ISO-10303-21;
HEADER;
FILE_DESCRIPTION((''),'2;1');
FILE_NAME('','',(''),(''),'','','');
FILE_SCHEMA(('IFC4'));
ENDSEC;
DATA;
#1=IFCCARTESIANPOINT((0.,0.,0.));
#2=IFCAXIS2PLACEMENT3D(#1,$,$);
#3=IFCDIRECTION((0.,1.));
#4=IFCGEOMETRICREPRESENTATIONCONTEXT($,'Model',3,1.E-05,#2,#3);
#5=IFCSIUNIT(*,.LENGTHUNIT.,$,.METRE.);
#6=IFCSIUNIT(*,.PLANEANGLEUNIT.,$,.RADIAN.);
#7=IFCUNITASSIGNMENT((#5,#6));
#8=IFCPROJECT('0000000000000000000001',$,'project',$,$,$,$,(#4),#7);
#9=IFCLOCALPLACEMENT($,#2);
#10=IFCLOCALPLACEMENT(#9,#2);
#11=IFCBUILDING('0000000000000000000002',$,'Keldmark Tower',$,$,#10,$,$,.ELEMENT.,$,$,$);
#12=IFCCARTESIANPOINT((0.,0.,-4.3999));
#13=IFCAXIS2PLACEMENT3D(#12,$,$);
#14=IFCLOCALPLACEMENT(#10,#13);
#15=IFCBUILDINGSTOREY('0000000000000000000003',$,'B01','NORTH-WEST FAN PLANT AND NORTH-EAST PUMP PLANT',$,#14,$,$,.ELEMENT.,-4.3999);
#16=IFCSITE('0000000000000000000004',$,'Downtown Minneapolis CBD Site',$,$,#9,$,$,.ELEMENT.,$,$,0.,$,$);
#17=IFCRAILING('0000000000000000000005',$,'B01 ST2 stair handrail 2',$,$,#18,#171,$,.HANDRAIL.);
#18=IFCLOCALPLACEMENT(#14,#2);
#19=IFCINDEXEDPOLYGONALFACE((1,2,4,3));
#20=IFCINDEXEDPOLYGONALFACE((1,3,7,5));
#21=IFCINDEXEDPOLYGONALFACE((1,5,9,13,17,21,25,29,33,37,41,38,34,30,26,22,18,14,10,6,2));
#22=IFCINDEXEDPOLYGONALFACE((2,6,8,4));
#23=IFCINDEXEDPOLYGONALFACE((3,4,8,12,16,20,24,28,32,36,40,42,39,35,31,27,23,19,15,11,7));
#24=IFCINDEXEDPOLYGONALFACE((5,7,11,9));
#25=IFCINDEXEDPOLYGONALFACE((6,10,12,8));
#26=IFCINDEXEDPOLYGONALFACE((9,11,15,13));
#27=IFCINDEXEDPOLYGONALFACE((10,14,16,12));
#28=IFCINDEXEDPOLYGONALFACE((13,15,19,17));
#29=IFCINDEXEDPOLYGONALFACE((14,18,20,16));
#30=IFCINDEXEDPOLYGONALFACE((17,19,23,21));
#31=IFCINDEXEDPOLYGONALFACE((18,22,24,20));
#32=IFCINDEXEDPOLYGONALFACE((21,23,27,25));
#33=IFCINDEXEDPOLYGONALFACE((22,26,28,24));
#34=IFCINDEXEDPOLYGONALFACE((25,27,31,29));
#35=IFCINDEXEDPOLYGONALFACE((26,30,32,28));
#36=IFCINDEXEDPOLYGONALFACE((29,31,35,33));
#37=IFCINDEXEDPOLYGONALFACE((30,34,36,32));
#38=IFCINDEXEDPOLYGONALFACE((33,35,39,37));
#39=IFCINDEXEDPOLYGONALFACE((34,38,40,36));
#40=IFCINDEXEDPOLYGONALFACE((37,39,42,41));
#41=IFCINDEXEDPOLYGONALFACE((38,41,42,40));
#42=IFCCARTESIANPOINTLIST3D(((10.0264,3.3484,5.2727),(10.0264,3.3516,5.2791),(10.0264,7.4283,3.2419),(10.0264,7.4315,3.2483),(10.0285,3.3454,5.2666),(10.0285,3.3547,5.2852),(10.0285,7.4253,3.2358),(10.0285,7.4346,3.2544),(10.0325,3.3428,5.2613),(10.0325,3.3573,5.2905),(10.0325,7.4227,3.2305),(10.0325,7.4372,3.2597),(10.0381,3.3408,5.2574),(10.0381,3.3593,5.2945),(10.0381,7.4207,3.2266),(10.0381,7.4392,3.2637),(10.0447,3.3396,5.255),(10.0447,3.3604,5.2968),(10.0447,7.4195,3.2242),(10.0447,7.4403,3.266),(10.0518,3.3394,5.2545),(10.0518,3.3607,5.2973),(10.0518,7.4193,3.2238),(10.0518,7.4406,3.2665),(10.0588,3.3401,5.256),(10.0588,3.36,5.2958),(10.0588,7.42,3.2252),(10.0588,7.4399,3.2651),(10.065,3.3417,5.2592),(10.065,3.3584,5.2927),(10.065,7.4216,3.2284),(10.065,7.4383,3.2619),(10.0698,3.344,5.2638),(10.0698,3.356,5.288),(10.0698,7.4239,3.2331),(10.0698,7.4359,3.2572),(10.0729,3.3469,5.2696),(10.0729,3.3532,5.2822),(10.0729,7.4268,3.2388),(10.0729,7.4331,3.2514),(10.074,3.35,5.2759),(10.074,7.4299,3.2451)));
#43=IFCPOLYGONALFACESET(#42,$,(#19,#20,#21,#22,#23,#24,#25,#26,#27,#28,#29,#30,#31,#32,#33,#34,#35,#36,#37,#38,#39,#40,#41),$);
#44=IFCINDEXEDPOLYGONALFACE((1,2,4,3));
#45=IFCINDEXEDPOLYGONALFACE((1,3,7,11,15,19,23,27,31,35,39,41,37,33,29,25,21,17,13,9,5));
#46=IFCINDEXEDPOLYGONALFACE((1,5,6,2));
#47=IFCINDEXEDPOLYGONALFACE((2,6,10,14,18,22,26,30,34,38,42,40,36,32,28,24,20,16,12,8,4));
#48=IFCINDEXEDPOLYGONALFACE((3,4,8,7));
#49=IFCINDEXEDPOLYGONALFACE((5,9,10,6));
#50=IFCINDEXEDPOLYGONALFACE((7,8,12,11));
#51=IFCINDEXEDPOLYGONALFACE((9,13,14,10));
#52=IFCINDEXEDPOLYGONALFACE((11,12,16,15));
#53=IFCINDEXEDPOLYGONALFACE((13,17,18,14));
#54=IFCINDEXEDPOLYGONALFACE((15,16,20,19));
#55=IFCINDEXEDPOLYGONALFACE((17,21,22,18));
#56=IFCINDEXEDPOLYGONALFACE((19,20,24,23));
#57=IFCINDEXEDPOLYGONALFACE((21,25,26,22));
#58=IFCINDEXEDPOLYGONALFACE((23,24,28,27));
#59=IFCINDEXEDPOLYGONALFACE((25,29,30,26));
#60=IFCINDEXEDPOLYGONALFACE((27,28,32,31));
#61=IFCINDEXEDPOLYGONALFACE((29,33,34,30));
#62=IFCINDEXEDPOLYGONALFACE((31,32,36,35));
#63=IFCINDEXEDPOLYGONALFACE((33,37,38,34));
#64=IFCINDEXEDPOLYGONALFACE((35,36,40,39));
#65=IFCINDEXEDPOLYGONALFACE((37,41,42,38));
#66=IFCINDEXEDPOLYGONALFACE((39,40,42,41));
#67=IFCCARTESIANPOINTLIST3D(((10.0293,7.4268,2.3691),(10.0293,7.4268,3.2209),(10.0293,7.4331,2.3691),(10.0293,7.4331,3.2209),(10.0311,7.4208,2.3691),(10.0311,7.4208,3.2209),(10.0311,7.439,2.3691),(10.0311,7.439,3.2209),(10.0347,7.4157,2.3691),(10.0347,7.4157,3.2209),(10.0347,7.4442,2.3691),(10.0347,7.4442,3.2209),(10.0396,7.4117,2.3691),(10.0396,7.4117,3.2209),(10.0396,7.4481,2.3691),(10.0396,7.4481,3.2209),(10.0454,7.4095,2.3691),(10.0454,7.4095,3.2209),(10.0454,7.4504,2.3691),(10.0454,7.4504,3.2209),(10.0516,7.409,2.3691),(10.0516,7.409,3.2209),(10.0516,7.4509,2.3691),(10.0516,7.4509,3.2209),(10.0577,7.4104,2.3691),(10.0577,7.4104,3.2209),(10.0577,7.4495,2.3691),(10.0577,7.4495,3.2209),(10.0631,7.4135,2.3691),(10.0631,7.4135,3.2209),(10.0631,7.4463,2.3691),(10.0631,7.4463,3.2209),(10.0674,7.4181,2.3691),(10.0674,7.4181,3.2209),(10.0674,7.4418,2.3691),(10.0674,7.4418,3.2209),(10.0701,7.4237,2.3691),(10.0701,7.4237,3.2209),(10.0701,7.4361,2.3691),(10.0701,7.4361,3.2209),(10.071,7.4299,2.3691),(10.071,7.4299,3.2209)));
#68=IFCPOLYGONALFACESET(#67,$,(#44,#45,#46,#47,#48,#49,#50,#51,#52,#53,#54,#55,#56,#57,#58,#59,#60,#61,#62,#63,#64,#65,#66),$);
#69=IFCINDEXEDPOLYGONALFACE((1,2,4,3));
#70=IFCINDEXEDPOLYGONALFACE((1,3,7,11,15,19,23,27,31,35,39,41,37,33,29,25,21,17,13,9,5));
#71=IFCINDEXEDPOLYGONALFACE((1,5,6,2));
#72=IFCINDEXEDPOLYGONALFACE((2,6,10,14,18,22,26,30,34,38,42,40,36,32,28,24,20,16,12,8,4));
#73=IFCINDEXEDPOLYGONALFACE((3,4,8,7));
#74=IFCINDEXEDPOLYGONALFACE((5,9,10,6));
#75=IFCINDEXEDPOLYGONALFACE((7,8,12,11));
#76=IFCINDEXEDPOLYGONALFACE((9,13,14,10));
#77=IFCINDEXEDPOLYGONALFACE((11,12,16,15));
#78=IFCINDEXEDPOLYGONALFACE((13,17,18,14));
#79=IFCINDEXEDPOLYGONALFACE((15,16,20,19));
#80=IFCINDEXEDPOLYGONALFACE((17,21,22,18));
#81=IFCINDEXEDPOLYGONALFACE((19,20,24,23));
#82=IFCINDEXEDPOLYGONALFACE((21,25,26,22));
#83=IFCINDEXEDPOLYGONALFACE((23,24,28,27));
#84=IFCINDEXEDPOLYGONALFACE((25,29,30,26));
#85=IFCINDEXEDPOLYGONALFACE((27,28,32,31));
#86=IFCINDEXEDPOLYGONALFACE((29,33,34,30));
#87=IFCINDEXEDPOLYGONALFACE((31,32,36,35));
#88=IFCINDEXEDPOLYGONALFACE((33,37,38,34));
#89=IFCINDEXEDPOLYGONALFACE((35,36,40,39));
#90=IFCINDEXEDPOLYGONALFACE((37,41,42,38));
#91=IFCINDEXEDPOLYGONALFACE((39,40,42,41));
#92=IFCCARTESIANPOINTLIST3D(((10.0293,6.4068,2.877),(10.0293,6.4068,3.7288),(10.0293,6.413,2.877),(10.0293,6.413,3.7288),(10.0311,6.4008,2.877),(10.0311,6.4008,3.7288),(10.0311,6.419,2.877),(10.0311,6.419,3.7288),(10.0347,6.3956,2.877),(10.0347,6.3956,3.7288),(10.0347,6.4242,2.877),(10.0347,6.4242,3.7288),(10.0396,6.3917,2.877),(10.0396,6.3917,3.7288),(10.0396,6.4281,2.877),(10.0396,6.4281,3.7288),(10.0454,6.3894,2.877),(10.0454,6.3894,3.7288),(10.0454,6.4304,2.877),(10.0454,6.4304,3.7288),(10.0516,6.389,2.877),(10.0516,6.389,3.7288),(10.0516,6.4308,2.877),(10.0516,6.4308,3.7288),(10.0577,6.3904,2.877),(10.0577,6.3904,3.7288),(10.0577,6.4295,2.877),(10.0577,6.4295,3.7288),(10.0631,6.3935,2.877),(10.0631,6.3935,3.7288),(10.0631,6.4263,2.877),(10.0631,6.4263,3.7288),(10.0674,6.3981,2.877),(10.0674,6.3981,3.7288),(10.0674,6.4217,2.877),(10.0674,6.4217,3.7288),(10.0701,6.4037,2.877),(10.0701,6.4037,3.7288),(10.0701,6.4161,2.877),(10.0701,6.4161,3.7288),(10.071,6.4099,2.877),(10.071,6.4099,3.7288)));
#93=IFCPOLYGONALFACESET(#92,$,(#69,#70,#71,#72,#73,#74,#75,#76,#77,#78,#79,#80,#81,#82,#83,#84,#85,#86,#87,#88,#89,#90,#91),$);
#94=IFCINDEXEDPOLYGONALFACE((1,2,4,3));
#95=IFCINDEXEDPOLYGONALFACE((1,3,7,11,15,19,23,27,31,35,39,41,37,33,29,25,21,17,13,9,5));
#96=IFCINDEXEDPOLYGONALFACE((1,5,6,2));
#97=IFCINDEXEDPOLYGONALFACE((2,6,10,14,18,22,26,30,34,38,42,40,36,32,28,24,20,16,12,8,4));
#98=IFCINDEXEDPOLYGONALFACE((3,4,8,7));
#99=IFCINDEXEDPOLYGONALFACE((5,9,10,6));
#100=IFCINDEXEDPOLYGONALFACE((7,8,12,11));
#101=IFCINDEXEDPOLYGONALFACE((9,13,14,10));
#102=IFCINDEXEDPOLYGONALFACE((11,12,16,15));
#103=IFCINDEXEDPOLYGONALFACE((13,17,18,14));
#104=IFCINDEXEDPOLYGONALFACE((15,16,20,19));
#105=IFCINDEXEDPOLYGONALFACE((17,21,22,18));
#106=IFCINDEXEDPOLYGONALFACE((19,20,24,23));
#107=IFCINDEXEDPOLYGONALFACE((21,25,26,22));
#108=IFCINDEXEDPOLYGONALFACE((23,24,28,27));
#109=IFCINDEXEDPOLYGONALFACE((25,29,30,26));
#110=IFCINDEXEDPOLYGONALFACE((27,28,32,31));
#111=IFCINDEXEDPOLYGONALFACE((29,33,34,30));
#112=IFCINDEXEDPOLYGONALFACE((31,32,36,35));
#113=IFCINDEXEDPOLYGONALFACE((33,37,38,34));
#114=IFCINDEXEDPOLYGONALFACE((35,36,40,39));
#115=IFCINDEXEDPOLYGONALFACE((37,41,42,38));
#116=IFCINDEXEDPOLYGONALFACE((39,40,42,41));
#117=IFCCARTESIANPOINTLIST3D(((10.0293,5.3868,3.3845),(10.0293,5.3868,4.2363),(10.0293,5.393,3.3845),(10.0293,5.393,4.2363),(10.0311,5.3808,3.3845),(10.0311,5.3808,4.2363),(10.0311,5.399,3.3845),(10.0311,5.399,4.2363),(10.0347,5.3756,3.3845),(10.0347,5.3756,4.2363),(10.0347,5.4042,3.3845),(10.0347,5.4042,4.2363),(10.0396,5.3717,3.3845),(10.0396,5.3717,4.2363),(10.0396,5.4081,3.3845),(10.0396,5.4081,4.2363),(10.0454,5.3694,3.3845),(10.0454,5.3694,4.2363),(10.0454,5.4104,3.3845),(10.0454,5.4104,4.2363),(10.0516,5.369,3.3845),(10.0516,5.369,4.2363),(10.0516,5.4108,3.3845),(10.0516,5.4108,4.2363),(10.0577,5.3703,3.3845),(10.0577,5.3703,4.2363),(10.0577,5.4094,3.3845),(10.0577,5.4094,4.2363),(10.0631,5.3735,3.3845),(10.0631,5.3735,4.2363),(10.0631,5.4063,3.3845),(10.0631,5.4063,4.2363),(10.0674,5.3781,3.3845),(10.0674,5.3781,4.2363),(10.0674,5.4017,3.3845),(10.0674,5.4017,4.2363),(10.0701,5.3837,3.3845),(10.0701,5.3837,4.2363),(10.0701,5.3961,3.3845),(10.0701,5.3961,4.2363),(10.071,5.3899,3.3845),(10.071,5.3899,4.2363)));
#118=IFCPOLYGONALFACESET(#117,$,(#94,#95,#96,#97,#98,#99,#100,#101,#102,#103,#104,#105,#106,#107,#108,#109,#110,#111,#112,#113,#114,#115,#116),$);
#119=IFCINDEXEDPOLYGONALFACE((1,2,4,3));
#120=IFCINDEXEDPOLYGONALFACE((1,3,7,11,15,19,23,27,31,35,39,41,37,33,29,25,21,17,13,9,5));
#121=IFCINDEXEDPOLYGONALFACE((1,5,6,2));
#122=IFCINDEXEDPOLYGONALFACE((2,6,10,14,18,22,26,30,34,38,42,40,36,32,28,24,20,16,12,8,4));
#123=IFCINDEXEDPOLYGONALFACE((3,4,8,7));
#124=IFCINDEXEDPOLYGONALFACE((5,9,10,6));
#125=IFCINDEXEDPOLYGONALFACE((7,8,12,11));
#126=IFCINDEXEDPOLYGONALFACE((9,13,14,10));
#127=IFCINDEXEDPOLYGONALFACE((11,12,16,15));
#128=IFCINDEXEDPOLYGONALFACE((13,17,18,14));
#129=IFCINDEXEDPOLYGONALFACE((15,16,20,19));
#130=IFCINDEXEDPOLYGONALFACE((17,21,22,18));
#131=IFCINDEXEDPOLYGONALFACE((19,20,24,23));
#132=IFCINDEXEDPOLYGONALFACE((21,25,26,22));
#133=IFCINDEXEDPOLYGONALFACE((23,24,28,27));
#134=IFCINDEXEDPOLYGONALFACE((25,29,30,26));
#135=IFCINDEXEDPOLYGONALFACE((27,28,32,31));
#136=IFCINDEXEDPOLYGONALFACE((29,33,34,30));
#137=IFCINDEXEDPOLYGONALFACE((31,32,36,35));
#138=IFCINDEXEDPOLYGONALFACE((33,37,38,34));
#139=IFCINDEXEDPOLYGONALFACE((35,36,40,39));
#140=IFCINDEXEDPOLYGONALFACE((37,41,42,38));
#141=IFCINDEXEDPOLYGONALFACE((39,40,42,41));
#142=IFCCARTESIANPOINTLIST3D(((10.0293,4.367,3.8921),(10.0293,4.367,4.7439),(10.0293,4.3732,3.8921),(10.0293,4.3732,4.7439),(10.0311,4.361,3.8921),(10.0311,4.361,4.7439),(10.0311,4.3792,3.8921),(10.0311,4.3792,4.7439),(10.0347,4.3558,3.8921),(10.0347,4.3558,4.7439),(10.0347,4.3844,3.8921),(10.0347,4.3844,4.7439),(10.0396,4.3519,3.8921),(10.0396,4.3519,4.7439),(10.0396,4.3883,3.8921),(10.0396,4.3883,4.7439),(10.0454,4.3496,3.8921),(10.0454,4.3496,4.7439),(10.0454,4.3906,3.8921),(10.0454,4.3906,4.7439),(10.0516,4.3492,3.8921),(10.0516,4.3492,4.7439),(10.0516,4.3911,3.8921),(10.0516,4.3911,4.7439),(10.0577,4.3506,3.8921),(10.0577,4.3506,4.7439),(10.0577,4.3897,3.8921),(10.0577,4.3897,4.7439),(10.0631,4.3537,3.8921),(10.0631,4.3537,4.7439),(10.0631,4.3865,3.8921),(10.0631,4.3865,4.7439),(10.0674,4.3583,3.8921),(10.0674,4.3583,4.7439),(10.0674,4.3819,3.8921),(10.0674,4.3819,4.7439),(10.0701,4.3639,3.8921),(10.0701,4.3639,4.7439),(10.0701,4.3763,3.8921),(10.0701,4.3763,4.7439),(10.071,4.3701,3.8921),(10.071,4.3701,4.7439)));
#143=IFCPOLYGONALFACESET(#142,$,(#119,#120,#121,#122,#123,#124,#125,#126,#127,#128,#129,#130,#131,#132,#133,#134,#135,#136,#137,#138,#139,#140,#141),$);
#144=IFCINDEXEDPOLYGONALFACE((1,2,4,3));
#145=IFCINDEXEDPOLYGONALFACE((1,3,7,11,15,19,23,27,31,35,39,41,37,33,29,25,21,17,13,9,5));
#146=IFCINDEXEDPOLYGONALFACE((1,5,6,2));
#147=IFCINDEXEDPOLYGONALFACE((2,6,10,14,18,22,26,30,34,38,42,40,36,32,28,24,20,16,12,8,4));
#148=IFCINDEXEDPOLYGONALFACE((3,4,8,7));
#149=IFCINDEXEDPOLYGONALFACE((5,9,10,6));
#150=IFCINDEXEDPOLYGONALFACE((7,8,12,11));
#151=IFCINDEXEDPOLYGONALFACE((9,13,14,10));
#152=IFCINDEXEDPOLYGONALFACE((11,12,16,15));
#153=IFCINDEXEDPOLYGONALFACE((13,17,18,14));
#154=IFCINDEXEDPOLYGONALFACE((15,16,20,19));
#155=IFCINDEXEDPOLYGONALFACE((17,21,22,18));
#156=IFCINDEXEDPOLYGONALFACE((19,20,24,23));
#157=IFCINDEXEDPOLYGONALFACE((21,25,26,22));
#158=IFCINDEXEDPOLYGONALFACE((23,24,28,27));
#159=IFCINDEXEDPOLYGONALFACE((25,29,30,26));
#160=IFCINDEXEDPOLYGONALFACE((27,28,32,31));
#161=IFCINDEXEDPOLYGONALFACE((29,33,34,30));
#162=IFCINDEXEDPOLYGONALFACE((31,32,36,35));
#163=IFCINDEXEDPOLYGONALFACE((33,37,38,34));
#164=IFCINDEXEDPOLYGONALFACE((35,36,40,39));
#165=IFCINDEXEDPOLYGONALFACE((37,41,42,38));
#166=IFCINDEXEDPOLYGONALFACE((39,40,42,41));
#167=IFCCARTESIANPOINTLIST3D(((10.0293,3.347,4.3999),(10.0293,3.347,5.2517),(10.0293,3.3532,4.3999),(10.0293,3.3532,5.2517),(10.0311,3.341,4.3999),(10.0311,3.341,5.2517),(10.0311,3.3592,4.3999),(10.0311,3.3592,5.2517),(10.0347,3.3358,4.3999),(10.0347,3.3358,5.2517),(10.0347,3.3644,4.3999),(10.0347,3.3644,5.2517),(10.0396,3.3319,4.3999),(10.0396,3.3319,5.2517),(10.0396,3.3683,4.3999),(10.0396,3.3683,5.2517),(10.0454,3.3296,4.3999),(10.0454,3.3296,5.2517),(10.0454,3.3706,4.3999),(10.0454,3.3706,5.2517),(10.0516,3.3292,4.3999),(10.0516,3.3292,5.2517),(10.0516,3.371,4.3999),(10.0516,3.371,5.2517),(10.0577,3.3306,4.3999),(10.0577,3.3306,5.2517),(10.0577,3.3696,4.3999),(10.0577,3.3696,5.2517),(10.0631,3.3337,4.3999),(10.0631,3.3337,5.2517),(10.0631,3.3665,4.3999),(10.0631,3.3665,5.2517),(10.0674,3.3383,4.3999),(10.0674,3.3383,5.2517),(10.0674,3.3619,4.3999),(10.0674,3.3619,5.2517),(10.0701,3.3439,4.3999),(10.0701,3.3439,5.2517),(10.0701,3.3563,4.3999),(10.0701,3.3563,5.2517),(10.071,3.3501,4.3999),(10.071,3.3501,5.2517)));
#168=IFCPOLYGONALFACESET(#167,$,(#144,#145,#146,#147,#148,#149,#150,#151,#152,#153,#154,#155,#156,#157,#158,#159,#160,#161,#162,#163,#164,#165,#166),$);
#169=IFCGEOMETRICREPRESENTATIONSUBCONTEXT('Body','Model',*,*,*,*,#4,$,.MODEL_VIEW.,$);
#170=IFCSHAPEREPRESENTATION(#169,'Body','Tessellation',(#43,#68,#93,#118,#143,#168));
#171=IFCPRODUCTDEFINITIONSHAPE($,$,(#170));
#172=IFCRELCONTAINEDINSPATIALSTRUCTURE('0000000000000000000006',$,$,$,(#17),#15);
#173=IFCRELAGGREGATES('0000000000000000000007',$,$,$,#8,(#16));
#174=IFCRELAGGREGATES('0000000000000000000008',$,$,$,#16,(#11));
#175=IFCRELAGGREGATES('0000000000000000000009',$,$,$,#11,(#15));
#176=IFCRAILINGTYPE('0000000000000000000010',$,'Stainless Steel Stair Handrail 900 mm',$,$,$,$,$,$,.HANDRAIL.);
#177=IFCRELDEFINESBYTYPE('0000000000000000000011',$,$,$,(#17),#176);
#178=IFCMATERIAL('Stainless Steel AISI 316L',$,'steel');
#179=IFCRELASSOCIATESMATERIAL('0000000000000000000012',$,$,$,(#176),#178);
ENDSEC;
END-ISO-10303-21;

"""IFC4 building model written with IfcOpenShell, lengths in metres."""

from ifc_helpers import new_model, si_unit, direction, frame, origin, origin_2d, place, context, subcontext, project, spatial, circle, extrude, material, type_object, element, save


model = new_model("IFC4")

# Units and contexts
model_context = context("Model", 3, precision=1e-05, world=origin(), true_north=direction((0.0, 1.0)))
body_context = subcontext(model_context, "Body", "Model", "MODEL_VIEW")
ifc_project = project(units=[si_unit("LENGTHUNIT", "METRE"), si_unit("PLANEANGLEUNIT", "RADIAN")], contexts=[model_context])

# Site, building, storey
site_placement = place(None, origin())
site = spatial("IfcSite", under=ifc_project, at=site_placement, Name="Downtown Minneapolis CBD Site", CompositionType="ELEMENT", RefElevation=0.0)
building_placement = place(site_placement, origin())
building = spatial("IfcBuilding", under=site, at=building_placement, Name="Keldmark Tower", CompositionType="ELEMENT")
storey_placement = place(building_placement, frame((0.0, 0.0, -4.3999)))
storey = spatial("IfcBuildingStorey", under=building, at=storey_placement, Name="B01", Description="NORTH-WEST FAN PLANT AND NORTH-EAST PUMP PLANT", CompositionType="ELEMENT", Elevation=-4.3999)

# Railing
ifc_material_1 = material(Name="Stainless Steel AISI 316L", Category="steel")
railing_type_1 = type_object("IfcRailingType", Name="Stainless Steel Stair Handrail 900 mm", PredefinedType="HANDRAIL", material=ifc_material_1)
railing_1_placement = place(storey_placement, frame((10.05, 7.4299, 2.3691)))
element("IfcRailing", 1, at=railing_1_placement, inside=storey, type_object=railing_type_1, Name="B01 ST2 stair handrail 2", PredefinedType="HANDRAIL", context=body_context, shape_type="SweptSolid", body=[
    extrude(circle(Radius=0.0239, at=origin_2d()), frame((0.0, 0.0, 0.876), z_axis=(0.0, -0.895229, 0.445606), x_axis=(1.0, 0.0, 0.0)), (0.0, 0.0, 1.0), 4.5574),
    extrude(circle(Radius=0.021, at=origin_2d()), origin(), (0.0, 0.0, 1.0), 0.8518),
    extrude(circle(Radius=0.021, at=origin_2d()), frame((0.0, -1.02, 0.5078)), (0.0, 0.0, 1.0), 0.8518),
    extrude(circle(Radius=0.021, at=origin_2d()), frame((0.0, -2.04, 1.0154)), (0.0, 0.0, 1.0), 0.8518),
    extrude(circle(Radius=0.021, at=origin_2d()), frame((0.0, -3.0598, 1.5229)), (0.0, 0.0, 1.0), 0.8518),
    extrude(circle(Radius=0.021, at=origin_2d()), frame((0.0, -4.0798, 2.0308)), (0.0, 0.0, 1.0), 0.8518),
])

save(model, "model.ifc")
